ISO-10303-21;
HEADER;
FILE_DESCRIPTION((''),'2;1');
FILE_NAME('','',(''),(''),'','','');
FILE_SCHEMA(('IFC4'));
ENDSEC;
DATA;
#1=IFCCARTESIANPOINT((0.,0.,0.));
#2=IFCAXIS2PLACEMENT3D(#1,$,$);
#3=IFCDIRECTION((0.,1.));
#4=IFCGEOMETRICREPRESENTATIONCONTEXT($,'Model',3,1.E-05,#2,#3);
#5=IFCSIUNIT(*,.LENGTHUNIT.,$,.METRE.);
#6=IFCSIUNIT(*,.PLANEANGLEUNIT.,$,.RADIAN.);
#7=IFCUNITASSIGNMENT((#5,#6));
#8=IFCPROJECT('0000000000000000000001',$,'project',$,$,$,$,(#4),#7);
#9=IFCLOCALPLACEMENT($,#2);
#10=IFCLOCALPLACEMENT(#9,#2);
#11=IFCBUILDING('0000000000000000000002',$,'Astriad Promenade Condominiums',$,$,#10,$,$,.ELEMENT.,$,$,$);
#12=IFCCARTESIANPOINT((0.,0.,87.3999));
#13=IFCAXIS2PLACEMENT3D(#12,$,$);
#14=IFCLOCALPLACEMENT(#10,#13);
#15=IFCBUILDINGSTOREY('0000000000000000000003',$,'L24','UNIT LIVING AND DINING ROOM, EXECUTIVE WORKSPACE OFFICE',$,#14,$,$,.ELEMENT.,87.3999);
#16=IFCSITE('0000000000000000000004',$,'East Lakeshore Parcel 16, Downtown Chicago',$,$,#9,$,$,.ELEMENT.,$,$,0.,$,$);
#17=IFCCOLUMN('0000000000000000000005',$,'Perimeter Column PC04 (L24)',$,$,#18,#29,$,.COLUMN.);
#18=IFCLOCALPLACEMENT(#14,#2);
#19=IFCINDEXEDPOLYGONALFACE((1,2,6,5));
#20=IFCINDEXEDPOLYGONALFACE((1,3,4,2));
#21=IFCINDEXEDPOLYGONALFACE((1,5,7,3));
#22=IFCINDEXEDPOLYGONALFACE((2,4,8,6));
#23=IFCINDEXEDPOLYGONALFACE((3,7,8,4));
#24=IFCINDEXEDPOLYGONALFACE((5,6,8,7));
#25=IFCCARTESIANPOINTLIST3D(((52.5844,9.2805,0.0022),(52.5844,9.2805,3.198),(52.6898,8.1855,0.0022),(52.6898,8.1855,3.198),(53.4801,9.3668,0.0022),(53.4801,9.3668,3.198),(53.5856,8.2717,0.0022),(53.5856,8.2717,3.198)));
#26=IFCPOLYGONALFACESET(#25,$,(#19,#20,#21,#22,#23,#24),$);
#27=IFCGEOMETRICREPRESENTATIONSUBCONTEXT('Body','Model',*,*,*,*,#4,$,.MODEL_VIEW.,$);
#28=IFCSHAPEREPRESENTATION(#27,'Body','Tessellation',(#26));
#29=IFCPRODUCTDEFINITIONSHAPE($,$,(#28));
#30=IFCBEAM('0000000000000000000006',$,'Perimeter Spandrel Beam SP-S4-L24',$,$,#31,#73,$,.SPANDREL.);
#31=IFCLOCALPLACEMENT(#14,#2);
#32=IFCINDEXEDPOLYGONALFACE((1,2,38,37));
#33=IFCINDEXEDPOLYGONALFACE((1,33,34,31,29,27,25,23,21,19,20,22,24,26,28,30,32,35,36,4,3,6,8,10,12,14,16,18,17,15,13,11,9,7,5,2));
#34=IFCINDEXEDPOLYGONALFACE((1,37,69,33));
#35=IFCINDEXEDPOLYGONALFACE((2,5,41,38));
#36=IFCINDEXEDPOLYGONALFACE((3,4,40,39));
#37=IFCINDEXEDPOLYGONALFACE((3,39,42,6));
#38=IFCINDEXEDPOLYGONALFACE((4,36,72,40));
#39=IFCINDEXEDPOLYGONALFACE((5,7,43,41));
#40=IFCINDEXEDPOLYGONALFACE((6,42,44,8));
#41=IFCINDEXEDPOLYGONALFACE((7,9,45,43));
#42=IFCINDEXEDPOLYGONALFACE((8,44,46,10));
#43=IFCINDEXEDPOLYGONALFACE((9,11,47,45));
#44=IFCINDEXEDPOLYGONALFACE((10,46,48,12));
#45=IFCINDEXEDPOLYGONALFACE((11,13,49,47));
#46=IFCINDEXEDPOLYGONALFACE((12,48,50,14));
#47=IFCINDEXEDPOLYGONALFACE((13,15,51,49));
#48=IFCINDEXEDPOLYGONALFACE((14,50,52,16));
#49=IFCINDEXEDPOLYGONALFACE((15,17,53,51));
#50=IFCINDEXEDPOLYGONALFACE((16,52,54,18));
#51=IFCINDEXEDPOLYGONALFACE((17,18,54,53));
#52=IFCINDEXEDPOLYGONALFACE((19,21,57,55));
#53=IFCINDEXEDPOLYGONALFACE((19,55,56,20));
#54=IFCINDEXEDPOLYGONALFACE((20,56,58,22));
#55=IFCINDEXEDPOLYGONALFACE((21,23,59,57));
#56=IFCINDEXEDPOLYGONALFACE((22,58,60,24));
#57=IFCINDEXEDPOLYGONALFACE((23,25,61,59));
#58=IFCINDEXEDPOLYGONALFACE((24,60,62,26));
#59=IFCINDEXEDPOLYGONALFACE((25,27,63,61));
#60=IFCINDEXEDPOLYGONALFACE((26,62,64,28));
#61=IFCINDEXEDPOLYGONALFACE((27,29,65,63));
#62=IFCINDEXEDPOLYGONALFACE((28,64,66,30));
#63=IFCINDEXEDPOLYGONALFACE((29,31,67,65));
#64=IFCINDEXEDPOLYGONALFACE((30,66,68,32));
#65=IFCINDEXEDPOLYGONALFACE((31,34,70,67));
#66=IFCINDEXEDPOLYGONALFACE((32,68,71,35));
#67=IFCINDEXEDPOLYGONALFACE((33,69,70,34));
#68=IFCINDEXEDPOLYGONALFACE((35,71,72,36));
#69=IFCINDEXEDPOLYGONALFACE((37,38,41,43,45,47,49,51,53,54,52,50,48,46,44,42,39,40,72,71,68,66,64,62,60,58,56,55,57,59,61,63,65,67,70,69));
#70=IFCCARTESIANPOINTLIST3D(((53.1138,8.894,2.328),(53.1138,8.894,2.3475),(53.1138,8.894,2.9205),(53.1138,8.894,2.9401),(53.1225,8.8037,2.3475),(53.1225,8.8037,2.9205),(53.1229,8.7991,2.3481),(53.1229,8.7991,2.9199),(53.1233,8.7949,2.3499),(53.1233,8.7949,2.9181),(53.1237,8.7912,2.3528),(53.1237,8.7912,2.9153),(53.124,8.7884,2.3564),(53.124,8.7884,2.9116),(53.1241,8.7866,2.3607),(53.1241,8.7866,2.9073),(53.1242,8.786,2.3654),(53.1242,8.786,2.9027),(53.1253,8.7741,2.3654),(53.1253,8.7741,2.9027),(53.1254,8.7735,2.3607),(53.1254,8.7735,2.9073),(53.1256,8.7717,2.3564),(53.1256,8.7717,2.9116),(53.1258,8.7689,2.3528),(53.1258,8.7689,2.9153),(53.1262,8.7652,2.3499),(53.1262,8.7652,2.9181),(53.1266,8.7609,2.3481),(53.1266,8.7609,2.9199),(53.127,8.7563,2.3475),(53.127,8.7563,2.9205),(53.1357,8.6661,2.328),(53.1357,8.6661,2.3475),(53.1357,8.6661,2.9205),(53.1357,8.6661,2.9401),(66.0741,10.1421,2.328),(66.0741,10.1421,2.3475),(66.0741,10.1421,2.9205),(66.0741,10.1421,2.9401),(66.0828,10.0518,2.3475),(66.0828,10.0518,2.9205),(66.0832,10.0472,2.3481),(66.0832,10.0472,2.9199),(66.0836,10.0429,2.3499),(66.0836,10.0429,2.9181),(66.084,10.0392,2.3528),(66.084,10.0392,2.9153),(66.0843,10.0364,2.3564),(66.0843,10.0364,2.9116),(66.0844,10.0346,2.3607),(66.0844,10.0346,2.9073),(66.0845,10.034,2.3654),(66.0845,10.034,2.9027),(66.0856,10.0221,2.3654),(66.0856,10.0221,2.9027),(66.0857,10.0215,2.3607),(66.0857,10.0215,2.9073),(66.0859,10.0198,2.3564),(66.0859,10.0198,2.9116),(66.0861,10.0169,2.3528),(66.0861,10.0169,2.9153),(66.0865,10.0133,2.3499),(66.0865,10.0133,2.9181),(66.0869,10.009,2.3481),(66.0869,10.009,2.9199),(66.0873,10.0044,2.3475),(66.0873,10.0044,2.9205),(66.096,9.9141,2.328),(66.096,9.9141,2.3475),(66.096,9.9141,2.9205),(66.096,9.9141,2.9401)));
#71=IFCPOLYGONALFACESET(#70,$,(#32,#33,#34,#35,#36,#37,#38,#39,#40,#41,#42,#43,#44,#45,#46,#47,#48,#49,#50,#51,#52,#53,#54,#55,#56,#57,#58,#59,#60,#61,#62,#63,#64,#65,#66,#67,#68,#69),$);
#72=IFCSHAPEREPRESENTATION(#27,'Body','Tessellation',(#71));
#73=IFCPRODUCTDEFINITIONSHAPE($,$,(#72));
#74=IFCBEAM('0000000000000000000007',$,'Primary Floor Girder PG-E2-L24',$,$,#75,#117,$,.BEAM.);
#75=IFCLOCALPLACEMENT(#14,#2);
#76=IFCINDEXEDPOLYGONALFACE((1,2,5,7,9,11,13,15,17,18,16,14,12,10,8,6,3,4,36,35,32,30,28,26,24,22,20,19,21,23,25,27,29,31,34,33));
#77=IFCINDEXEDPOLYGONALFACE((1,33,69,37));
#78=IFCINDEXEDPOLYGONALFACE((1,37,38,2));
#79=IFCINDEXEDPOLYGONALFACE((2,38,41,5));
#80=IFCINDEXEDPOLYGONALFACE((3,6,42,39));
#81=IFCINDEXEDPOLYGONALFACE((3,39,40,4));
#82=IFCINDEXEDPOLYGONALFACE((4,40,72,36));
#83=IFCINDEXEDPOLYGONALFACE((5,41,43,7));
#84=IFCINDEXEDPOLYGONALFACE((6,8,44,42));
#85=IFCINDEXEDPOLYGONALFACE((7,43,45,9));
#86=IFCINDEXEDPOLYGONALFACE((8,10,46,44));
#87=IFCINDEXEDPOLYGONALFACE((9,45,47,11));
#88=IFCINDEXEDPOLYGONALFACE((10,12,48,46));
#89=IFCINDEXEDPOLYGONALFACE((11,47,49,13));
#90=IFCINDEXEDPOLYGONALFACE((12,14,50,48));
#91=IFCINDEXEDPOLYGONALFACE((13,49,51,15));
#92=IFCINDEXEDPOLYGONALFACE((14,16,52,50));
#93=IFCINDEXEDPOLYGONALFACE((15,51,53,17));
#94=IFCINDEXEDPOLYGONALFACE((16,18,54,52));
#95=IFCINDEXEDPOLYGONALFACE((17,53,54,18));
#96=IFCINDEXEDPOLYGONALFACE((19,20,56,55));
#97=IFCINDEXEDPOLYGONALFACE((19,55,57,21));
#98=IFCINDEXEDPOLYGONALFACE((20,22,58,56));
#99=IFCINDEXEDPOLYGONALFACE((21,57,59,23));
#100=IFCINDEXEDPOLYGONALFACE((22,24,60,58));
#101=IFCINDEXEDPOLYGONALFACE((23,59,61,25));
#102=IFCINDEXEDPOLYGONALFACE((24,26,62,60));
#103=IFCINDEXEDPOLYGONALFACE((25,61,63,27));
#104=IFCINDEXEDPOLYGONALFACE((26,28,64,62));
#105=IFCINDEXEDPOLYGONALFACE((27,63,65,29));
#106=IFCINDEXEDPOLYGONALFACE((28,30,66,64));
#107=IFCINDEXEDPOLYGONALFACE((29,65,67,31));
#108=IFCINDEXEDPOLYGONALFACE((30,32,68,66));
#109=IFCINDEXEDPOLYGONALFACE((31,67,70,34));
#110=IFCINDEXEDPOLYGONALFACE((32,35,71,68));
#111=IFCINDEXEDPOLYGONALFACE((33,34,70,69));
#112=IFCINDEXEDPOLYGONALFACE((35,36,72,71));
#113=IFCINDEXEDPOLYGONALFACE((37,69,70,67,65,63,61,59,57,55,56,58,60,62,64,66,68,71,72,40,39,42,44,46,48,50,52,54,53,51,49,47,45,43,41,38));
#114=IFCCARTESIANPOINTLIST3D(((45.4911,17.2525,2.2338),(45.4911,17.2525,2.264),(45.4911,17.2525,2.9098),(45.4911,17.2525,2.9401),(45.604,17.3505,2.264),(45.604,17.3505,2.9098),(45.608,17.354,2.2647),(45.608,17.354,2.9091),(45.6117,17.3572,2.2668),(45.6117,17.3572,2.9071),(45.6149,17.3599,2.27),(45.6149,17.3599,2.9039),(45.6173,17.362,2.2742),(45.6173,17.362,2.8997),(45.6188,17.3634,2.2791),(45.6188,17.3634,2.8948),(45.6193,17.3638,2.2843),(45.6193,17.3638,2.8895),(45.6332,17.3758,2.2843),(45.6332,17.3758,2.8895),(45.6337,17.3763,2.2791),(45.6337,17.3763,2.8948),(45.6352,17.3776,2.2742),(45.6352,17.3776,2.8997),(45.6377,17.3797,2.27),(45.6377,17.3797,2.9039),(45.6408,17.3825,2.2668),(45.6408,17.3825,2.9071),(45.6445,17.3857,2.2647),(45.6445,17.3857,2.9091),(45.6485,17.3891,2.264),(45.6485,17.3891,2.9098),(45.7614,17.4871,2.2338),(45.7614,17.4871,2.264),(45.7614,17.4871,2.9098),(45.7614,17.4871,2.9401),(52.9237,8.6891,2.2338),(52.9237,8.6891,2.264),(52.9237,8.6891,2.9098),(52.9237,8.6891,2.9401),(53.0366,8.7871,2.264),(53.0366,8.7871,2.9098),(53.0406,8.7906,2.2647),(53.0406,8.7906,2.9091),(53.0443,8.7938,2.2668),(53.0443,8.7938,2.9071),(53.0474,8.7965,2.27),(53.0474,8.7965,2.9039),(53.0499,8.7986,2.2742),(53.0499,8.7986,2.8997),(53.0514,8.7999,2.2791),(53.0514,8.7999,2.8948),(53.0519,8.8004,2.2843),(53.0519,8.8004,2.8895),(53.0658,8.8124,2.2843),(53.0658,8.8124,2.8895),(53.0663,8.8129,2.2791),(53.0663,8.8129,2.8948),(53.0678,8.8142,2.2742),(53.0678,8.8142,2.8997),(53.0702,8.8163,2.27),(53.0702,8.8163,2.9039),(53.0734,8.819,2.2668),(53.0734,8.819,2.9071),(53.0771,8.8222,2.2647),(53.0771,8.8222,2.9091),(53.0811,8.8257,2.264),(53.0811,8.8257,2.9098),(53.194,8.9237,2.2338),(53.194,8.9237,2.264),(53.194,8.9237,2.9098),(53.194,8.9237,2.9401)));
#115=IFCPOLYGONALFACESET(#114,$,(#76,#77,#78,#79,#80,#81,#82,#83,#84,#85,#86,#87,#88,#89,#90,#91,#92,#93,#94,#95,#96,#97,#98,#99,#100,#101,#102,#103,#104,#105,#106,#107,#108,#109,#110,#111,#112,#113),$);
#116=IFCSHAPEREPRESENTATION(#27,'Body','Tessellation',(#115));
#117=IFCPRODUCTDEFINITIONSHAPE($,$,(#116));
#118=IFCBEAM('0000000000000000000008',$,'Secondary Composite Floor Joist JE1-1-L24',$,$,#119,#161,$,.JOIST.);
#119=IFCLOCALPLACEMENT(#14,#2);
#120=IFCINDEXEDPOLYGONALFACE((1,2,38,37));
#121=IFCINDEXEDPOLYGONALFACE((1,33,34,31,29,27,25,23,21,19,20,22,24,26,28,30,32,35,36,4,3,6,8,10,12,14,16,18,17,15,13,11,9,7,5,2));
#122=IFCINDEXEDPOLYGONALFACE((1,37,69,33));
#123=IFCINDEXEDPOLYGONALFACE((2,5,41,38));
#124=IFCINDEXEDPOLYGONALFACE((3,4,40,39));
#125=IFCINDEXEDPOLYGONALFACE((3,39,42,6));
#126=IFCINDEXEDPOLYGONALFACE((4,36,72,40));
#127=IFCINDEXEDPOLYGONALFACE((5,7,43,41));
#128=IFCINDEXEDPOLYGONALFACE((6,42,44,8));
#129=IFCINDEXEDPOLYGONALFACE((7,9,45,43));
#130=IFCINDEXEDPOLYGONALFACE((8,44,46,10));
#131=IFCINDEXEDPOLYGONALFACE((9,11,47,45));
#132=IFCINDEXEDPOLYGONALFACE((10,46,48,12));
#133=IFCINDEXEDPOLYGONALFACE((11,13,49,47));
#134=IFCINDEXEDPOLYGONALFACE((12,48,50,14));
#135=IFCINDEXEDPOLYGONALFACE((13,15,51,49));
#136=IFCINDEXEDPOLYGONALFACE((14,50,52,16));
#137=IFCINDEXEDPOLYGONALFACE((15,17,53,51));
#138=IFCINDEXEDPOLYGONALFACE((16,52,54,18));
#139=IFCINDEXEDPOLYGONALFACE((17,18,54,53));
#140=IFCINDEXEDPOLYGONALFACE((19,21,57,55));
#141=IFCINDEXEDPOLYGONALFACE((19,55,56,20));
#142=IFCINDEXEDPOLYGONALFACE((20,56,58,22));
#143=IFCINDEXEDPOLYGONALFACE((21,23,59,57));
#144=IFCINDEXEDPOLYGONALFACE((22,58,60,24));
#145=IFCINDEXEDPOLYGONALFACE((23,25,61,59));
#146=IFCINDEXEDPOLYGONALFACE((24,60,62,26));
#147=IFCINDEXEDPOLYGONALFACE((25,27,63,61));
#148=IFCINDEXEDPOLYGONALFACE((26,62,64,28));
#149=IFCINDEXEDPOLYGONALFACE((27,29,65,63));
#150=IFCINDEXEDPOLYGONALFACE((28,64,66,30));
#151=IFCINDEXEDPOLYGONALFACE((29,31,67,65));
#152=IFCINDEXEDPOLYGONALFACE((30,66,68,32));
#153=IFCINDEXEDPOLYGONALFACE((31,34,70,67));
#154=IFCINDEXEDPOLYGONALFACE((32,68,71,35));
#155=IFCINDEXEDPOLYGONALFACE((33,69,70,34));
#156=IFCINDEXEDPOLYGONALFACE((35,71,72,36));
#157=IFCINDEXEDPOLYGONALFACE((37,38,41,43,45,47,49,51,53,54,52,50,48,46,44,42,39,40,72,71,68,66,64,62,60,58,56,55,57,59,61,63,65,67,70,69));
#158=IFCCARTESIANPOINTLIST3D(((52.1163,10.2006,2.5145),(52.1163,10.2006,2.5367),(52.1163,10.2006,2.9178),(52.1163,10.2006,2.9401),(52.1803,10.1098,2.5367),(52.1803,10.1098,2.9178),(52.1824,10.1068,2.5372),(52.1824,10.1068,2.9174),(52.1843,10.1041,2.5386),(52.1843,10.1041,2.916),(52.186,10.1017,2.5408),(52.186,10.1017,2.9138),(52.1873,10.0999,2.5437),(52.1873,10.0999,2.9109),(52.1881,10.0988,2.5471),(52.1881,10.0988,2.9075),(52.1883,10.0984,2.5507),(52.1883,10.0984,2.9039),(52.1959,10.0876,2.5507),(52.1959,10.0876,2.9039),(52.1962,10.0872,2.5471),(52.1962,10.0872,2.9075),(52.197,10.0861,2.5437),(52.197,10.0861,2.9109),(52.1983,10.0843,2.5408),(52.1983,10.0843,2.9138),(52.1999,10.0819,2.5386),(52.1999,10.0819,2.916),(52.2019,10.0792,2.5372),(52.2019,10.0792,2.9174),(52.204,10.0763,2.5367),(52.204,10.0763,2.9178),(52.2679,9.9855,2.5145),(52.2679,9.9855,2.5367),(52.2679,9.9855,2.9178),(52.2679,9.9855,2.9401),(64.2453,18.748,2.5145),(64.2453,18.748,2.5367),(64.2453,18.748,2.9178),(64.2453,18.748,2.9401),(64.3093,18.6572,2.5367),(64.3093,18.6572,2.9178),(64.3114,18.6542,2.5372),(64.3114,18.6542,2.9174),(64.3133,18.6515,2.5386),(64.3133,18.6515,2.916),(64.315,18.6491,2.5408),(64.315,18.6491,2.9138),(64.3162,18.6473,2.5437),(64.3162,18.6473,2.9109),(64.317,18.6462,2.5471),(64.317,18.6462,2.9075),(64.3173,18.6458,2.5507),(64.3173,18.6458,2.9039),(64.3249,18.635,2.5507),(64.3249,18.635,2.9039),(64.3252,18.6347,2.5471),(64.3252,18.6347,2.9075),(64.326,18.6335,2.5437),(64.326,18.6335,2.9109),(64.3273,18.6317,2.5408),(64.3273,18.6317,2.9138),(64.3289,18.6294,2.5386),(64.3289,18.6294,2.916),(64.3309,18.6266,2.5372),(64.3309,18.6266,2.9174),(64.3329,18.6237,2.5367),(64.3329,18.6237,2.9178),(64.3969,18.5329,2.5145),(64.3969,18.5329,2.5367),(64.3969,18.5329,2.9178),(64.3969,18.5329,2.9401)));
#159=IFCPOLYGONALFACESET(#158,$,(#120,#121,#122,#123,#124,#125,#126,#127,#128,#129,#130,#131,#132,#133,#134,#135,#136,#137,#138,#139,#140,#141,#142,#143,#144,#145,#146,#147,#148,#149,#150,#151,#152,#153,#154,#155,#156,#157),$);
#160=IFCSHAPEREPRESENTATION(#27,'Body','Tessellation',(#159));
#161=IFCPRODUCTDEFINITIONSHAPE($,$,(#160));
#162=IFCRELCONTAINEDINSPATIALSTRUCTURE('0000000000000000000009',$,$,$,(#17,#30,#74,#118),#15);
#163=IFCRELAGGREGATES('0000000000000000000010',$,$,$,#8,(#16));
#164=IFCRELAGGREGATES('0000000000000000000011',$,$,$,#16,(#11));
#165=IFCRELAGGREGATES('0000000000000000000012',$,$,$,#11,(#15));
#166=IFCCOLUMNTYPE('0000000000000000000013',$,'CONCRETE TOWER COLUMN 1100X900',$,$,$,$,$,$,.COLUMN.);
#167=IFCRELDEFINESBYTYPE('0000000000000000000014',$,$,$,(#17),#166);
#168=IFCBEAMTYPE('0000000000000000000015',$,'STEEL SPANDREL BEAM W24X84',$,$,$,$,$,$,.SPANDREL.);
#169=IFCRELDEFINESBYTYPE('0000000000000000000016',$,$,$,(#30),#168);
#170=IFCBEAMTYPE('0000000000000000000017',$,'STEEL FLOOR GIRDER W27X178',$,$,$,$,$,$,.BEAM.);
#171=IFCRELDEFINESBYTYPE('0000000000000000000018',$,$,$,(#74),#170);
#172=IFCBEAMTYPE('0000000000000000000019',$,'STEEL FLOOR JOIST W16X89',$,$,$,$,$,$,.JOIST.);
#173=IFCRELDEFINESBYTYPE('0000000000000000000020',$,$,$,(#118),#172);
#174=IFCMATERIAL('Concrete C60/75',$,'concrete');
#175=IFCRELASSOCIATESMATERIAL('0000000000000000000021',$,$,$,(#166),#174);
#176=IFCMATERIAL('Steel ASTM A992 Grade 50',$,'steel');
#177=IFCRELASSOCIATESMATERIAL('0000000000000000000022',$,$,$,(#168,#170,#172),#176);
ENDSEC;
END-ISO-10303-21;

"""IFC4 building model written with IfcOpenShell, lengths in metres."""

from ifc_helpers import new_model, si_unit, direction, frame, origin, origin_2d, place, context, subcontext, project, spatial, rectangle, i_section, extrude, source, transform, mapped, material, material_profile, profile_set, type_object, type_shapes, element, save


model = new_model("IFC4")

# Units and contexts
model_context = context("Model", 3, precision=1e-05, world=origin(), true_north=direction((0.0, 1.0)))
body_context = subcontext(model_context, "Body", "Model", "MODEL_VIEW")
ifc_project = project(units=[si_unit("LENGTHUNIT", "METRE"), si_unit("PLANEANGLEUNIT", "RADIAN")], contexts=[model_context])

# Site, building, storey
site_placement = place(None, origin())
site = spatial("IfcSite", under=ifc_project, at=site_placement, Name="East Lakeshore Parcel 16, Downtown Chicago", CompositionType="ELEMENT", RefElevation=0.0)
building_placement = place(site_placement, origin())
building = spatial("IfcBuilding", under=site, at=building_placement, Name="Astriad Promenade Condominiums", CompositionType="ELEMENT")
storey_placement = place(building_placement, frame((0.0, 0.0, 87.3999)))
storey = spatial("IfcBuildingStorey", under=building, at=storey_placement, Name="L24", Description="UNIT LIVING AND DINING ROOM, EXECUTIVE WORKSPACE OFFICE", CompositionType="ELEMENT", Elevation=87.3999)

# Column
ifc_material_1 = material(Name="Concrete C60/75", Category="concrete")
ifc_material_profile_1 = material_profile(ifc_material_1, rectangle(XDim=0.8999, YDim=1.1001, at=origin_2d()), Name="RC-COL-1100X900")
ifc_profile_set_1 = profile_set([ifc_material_profile_1], Name="Concrete C60/75")
column_type = type_object("IfcColumnType", Name="CONCRETE TOWER COLUMN 1100X900", PredefinedType="COLUMN", material=ifc_profile_set_1)
shared_shape_1 = source(origin(), body_context, "Body", "SweptSolid", [
    extrude(rectangle(XDim=0.8999, YDim=1.1001, at=origin_2d()), origin(), (0.0, 0.0, 1.0), 3.1958),
])
type_shapes(column_type, [shared_shape_1])
column_placement = place(storey_placement, frame((53.085, 8.7761, 0.0022), z_axis=(0.0, 0.0, 1.0), x_axis=(0.995396, 0.095846, 0.0)))
element("IfcColumn", 1, at=column_placement, inside=storey, type_object=column_type, Name="Perimeter Column PC04 (L24)", PredefinedType="COLUMN", context=body_context, shape_type="MappedRepresentation", body=[
    mapped(shared_shape_1, transform((0.0, 0.0, 0.0), scale=1.0)),
])

# Beams
ifc_material_2 = material(Name="Steel ASTM A992 Grade 50", Category="steel")
ifc_material_profile_2 = material_profile(ifc_material_2, i_section(OverallWidth=0.229, OverallDepth=0.6121, WebThickness=0.012, FlangeThickness=0.0195, FilletRadius=0.0178, at=origin_2d()), Name="W24X84")
ifc_profile_set_2 = profile_set([ifc_material_profile_2], Name="Steel ASTM A992 Grade 50")
beam_type_1 = type_object("IfcBeamType", Name="STEEL SPANDREL BEAM W24X84", PredefinedType="SPANDREL", material=ifc_profile_set_2)
shared_shape_2 = source(origin(), body_context, "Body", "SweptSolid", [
    extrude(i_section(OverallWidth=0.229, OverallDepth=0.6121, WebThickness=0.012, FlangeThickness=0.0195, FilletRadius=0.0178, at=origin_2d()), origin(), (0.0, 0.0, 1.0), 13.0203),
])
type_shapes(beam_type_1, [shared_shape_2])
beam_1_placement = place(storey_placement, frame((53.1248, 8.78, 2.634), z_axis=(0.995395, 0.095855, 0.0), x_axis=(-0.095855, 0.995395, 0.0)))
element("IfcBeam", 2, at=beam_1_placement, inside=storey, type_object=beam_type_1, Name="Perimeter Spandrel Beam SP-S4-L24", PredefinedType="SPANDREL", context=body_context, shape_type="MappedRepresentation", body=[
    mapped(shared_shape_2, transform((0.0, 0.0, 0.0), scale=1.0)),
])
ifc_material_profile_3 = material_profile(ifc_material_2, i_section(OverallWidth=0.3579, OverallDepth=0.7063, WebThickness=0.0183, FlangeThickness=0.0303, FilletRadius=0.0203, at=origin_2d()), Name="W27X178")
ifc_profile_set_3 = profile_set([ifc_material_profile_3], Name="Steel ASTM A992 Grade 50")
beam_type_2 = type_object("IfcBeamType", Name="STEEL FLOOR GIRDER W27X178", PredefinedType="BEAM", material=ifc_profile_set_3)
shared_shape_3 = source(origin(), body_context, "Body", "SweptSolid", [
    extrude(i_section(OverallWidth=0.3579, OverallDepth=0.7063, WebThickness=0.0183, FlangeThickness=0.0303, FilletRadius=0.0203, at=origin_2d()), origin(), (0.0, 0.0, 1.0), 11.3391),
])
type_shapes(beam_type_2, [shared_shape_3])
beam_2_placement = place(storey_placement, frame((53.0588, 8.8064, 2.5869), z_axis=(-0.655481, 0.755211, 0.0), x_axis=(-0.755211, -0.655481, 0.0)))
element("IfcBeam", 3, at=beam_2_placement, inside=storey, type_object=beam_type_2, Name="Primary Floor Girder PG-E2-L24", PredefinedType="BEAM", context=body_context, shape_type="MappedRepresentation", body=[
    mapped(shared_shape_3, transform((0.0, 0.0, 0.0), scale=1.0)),
])
ifc_material_profile_4 = material_profile(ifc_material_2, i_section(OverallWidth=0.2632, OverallDepth=0.4255, WebThickness=0.0132, FlangeThickness=0.0222, FilletRadius=0.0139, at=origin_2d()), Name="W16X89")
ifc_profile_set_4 = profile_set([ifc_material_profile_4], Name="Steel ASTM A992 Grade 50")
beam_type_3 = type_object("IfcBeamType", Name="STEEL FLOOR JOIST W16X89", PredefinedType="JOIST", material=ifc_profile_set_4)
shared_shape_4 = source(origin(), body_context, "Body", "SweptSolid", [
    extrude(i_section(OverallWidth=0.2632, OverallDepth=0.4255, WebThickness=0.0132, FlangeThickness=0.0222, FilletRadius=0.0139, at=origin_2d()), origin(), (0.0, 0.0, 1.0), 14.8381),
])
beam_3_placement = place(storey_placement, frame((52.1921, 10.093, 2.7273), z_axis=(0.817419, 0.576043, 0.0), x_axis=(-0.576043, 0.817419, 0.0)))
element("IfcBeam", 4, at=beam_3_placement, inside=storey, type_object=beam_type_3, Name="Secondary Composite Floor Joist JE1-1-L24", PredefinedType="JOIST", context=body_context, shape_type="MappedRepresentation", body=[
    mapped(shared_shape_4, transform((0.0, 0.0, 0.0), scale=1.0)),
])

save(model, "model.ifc")
